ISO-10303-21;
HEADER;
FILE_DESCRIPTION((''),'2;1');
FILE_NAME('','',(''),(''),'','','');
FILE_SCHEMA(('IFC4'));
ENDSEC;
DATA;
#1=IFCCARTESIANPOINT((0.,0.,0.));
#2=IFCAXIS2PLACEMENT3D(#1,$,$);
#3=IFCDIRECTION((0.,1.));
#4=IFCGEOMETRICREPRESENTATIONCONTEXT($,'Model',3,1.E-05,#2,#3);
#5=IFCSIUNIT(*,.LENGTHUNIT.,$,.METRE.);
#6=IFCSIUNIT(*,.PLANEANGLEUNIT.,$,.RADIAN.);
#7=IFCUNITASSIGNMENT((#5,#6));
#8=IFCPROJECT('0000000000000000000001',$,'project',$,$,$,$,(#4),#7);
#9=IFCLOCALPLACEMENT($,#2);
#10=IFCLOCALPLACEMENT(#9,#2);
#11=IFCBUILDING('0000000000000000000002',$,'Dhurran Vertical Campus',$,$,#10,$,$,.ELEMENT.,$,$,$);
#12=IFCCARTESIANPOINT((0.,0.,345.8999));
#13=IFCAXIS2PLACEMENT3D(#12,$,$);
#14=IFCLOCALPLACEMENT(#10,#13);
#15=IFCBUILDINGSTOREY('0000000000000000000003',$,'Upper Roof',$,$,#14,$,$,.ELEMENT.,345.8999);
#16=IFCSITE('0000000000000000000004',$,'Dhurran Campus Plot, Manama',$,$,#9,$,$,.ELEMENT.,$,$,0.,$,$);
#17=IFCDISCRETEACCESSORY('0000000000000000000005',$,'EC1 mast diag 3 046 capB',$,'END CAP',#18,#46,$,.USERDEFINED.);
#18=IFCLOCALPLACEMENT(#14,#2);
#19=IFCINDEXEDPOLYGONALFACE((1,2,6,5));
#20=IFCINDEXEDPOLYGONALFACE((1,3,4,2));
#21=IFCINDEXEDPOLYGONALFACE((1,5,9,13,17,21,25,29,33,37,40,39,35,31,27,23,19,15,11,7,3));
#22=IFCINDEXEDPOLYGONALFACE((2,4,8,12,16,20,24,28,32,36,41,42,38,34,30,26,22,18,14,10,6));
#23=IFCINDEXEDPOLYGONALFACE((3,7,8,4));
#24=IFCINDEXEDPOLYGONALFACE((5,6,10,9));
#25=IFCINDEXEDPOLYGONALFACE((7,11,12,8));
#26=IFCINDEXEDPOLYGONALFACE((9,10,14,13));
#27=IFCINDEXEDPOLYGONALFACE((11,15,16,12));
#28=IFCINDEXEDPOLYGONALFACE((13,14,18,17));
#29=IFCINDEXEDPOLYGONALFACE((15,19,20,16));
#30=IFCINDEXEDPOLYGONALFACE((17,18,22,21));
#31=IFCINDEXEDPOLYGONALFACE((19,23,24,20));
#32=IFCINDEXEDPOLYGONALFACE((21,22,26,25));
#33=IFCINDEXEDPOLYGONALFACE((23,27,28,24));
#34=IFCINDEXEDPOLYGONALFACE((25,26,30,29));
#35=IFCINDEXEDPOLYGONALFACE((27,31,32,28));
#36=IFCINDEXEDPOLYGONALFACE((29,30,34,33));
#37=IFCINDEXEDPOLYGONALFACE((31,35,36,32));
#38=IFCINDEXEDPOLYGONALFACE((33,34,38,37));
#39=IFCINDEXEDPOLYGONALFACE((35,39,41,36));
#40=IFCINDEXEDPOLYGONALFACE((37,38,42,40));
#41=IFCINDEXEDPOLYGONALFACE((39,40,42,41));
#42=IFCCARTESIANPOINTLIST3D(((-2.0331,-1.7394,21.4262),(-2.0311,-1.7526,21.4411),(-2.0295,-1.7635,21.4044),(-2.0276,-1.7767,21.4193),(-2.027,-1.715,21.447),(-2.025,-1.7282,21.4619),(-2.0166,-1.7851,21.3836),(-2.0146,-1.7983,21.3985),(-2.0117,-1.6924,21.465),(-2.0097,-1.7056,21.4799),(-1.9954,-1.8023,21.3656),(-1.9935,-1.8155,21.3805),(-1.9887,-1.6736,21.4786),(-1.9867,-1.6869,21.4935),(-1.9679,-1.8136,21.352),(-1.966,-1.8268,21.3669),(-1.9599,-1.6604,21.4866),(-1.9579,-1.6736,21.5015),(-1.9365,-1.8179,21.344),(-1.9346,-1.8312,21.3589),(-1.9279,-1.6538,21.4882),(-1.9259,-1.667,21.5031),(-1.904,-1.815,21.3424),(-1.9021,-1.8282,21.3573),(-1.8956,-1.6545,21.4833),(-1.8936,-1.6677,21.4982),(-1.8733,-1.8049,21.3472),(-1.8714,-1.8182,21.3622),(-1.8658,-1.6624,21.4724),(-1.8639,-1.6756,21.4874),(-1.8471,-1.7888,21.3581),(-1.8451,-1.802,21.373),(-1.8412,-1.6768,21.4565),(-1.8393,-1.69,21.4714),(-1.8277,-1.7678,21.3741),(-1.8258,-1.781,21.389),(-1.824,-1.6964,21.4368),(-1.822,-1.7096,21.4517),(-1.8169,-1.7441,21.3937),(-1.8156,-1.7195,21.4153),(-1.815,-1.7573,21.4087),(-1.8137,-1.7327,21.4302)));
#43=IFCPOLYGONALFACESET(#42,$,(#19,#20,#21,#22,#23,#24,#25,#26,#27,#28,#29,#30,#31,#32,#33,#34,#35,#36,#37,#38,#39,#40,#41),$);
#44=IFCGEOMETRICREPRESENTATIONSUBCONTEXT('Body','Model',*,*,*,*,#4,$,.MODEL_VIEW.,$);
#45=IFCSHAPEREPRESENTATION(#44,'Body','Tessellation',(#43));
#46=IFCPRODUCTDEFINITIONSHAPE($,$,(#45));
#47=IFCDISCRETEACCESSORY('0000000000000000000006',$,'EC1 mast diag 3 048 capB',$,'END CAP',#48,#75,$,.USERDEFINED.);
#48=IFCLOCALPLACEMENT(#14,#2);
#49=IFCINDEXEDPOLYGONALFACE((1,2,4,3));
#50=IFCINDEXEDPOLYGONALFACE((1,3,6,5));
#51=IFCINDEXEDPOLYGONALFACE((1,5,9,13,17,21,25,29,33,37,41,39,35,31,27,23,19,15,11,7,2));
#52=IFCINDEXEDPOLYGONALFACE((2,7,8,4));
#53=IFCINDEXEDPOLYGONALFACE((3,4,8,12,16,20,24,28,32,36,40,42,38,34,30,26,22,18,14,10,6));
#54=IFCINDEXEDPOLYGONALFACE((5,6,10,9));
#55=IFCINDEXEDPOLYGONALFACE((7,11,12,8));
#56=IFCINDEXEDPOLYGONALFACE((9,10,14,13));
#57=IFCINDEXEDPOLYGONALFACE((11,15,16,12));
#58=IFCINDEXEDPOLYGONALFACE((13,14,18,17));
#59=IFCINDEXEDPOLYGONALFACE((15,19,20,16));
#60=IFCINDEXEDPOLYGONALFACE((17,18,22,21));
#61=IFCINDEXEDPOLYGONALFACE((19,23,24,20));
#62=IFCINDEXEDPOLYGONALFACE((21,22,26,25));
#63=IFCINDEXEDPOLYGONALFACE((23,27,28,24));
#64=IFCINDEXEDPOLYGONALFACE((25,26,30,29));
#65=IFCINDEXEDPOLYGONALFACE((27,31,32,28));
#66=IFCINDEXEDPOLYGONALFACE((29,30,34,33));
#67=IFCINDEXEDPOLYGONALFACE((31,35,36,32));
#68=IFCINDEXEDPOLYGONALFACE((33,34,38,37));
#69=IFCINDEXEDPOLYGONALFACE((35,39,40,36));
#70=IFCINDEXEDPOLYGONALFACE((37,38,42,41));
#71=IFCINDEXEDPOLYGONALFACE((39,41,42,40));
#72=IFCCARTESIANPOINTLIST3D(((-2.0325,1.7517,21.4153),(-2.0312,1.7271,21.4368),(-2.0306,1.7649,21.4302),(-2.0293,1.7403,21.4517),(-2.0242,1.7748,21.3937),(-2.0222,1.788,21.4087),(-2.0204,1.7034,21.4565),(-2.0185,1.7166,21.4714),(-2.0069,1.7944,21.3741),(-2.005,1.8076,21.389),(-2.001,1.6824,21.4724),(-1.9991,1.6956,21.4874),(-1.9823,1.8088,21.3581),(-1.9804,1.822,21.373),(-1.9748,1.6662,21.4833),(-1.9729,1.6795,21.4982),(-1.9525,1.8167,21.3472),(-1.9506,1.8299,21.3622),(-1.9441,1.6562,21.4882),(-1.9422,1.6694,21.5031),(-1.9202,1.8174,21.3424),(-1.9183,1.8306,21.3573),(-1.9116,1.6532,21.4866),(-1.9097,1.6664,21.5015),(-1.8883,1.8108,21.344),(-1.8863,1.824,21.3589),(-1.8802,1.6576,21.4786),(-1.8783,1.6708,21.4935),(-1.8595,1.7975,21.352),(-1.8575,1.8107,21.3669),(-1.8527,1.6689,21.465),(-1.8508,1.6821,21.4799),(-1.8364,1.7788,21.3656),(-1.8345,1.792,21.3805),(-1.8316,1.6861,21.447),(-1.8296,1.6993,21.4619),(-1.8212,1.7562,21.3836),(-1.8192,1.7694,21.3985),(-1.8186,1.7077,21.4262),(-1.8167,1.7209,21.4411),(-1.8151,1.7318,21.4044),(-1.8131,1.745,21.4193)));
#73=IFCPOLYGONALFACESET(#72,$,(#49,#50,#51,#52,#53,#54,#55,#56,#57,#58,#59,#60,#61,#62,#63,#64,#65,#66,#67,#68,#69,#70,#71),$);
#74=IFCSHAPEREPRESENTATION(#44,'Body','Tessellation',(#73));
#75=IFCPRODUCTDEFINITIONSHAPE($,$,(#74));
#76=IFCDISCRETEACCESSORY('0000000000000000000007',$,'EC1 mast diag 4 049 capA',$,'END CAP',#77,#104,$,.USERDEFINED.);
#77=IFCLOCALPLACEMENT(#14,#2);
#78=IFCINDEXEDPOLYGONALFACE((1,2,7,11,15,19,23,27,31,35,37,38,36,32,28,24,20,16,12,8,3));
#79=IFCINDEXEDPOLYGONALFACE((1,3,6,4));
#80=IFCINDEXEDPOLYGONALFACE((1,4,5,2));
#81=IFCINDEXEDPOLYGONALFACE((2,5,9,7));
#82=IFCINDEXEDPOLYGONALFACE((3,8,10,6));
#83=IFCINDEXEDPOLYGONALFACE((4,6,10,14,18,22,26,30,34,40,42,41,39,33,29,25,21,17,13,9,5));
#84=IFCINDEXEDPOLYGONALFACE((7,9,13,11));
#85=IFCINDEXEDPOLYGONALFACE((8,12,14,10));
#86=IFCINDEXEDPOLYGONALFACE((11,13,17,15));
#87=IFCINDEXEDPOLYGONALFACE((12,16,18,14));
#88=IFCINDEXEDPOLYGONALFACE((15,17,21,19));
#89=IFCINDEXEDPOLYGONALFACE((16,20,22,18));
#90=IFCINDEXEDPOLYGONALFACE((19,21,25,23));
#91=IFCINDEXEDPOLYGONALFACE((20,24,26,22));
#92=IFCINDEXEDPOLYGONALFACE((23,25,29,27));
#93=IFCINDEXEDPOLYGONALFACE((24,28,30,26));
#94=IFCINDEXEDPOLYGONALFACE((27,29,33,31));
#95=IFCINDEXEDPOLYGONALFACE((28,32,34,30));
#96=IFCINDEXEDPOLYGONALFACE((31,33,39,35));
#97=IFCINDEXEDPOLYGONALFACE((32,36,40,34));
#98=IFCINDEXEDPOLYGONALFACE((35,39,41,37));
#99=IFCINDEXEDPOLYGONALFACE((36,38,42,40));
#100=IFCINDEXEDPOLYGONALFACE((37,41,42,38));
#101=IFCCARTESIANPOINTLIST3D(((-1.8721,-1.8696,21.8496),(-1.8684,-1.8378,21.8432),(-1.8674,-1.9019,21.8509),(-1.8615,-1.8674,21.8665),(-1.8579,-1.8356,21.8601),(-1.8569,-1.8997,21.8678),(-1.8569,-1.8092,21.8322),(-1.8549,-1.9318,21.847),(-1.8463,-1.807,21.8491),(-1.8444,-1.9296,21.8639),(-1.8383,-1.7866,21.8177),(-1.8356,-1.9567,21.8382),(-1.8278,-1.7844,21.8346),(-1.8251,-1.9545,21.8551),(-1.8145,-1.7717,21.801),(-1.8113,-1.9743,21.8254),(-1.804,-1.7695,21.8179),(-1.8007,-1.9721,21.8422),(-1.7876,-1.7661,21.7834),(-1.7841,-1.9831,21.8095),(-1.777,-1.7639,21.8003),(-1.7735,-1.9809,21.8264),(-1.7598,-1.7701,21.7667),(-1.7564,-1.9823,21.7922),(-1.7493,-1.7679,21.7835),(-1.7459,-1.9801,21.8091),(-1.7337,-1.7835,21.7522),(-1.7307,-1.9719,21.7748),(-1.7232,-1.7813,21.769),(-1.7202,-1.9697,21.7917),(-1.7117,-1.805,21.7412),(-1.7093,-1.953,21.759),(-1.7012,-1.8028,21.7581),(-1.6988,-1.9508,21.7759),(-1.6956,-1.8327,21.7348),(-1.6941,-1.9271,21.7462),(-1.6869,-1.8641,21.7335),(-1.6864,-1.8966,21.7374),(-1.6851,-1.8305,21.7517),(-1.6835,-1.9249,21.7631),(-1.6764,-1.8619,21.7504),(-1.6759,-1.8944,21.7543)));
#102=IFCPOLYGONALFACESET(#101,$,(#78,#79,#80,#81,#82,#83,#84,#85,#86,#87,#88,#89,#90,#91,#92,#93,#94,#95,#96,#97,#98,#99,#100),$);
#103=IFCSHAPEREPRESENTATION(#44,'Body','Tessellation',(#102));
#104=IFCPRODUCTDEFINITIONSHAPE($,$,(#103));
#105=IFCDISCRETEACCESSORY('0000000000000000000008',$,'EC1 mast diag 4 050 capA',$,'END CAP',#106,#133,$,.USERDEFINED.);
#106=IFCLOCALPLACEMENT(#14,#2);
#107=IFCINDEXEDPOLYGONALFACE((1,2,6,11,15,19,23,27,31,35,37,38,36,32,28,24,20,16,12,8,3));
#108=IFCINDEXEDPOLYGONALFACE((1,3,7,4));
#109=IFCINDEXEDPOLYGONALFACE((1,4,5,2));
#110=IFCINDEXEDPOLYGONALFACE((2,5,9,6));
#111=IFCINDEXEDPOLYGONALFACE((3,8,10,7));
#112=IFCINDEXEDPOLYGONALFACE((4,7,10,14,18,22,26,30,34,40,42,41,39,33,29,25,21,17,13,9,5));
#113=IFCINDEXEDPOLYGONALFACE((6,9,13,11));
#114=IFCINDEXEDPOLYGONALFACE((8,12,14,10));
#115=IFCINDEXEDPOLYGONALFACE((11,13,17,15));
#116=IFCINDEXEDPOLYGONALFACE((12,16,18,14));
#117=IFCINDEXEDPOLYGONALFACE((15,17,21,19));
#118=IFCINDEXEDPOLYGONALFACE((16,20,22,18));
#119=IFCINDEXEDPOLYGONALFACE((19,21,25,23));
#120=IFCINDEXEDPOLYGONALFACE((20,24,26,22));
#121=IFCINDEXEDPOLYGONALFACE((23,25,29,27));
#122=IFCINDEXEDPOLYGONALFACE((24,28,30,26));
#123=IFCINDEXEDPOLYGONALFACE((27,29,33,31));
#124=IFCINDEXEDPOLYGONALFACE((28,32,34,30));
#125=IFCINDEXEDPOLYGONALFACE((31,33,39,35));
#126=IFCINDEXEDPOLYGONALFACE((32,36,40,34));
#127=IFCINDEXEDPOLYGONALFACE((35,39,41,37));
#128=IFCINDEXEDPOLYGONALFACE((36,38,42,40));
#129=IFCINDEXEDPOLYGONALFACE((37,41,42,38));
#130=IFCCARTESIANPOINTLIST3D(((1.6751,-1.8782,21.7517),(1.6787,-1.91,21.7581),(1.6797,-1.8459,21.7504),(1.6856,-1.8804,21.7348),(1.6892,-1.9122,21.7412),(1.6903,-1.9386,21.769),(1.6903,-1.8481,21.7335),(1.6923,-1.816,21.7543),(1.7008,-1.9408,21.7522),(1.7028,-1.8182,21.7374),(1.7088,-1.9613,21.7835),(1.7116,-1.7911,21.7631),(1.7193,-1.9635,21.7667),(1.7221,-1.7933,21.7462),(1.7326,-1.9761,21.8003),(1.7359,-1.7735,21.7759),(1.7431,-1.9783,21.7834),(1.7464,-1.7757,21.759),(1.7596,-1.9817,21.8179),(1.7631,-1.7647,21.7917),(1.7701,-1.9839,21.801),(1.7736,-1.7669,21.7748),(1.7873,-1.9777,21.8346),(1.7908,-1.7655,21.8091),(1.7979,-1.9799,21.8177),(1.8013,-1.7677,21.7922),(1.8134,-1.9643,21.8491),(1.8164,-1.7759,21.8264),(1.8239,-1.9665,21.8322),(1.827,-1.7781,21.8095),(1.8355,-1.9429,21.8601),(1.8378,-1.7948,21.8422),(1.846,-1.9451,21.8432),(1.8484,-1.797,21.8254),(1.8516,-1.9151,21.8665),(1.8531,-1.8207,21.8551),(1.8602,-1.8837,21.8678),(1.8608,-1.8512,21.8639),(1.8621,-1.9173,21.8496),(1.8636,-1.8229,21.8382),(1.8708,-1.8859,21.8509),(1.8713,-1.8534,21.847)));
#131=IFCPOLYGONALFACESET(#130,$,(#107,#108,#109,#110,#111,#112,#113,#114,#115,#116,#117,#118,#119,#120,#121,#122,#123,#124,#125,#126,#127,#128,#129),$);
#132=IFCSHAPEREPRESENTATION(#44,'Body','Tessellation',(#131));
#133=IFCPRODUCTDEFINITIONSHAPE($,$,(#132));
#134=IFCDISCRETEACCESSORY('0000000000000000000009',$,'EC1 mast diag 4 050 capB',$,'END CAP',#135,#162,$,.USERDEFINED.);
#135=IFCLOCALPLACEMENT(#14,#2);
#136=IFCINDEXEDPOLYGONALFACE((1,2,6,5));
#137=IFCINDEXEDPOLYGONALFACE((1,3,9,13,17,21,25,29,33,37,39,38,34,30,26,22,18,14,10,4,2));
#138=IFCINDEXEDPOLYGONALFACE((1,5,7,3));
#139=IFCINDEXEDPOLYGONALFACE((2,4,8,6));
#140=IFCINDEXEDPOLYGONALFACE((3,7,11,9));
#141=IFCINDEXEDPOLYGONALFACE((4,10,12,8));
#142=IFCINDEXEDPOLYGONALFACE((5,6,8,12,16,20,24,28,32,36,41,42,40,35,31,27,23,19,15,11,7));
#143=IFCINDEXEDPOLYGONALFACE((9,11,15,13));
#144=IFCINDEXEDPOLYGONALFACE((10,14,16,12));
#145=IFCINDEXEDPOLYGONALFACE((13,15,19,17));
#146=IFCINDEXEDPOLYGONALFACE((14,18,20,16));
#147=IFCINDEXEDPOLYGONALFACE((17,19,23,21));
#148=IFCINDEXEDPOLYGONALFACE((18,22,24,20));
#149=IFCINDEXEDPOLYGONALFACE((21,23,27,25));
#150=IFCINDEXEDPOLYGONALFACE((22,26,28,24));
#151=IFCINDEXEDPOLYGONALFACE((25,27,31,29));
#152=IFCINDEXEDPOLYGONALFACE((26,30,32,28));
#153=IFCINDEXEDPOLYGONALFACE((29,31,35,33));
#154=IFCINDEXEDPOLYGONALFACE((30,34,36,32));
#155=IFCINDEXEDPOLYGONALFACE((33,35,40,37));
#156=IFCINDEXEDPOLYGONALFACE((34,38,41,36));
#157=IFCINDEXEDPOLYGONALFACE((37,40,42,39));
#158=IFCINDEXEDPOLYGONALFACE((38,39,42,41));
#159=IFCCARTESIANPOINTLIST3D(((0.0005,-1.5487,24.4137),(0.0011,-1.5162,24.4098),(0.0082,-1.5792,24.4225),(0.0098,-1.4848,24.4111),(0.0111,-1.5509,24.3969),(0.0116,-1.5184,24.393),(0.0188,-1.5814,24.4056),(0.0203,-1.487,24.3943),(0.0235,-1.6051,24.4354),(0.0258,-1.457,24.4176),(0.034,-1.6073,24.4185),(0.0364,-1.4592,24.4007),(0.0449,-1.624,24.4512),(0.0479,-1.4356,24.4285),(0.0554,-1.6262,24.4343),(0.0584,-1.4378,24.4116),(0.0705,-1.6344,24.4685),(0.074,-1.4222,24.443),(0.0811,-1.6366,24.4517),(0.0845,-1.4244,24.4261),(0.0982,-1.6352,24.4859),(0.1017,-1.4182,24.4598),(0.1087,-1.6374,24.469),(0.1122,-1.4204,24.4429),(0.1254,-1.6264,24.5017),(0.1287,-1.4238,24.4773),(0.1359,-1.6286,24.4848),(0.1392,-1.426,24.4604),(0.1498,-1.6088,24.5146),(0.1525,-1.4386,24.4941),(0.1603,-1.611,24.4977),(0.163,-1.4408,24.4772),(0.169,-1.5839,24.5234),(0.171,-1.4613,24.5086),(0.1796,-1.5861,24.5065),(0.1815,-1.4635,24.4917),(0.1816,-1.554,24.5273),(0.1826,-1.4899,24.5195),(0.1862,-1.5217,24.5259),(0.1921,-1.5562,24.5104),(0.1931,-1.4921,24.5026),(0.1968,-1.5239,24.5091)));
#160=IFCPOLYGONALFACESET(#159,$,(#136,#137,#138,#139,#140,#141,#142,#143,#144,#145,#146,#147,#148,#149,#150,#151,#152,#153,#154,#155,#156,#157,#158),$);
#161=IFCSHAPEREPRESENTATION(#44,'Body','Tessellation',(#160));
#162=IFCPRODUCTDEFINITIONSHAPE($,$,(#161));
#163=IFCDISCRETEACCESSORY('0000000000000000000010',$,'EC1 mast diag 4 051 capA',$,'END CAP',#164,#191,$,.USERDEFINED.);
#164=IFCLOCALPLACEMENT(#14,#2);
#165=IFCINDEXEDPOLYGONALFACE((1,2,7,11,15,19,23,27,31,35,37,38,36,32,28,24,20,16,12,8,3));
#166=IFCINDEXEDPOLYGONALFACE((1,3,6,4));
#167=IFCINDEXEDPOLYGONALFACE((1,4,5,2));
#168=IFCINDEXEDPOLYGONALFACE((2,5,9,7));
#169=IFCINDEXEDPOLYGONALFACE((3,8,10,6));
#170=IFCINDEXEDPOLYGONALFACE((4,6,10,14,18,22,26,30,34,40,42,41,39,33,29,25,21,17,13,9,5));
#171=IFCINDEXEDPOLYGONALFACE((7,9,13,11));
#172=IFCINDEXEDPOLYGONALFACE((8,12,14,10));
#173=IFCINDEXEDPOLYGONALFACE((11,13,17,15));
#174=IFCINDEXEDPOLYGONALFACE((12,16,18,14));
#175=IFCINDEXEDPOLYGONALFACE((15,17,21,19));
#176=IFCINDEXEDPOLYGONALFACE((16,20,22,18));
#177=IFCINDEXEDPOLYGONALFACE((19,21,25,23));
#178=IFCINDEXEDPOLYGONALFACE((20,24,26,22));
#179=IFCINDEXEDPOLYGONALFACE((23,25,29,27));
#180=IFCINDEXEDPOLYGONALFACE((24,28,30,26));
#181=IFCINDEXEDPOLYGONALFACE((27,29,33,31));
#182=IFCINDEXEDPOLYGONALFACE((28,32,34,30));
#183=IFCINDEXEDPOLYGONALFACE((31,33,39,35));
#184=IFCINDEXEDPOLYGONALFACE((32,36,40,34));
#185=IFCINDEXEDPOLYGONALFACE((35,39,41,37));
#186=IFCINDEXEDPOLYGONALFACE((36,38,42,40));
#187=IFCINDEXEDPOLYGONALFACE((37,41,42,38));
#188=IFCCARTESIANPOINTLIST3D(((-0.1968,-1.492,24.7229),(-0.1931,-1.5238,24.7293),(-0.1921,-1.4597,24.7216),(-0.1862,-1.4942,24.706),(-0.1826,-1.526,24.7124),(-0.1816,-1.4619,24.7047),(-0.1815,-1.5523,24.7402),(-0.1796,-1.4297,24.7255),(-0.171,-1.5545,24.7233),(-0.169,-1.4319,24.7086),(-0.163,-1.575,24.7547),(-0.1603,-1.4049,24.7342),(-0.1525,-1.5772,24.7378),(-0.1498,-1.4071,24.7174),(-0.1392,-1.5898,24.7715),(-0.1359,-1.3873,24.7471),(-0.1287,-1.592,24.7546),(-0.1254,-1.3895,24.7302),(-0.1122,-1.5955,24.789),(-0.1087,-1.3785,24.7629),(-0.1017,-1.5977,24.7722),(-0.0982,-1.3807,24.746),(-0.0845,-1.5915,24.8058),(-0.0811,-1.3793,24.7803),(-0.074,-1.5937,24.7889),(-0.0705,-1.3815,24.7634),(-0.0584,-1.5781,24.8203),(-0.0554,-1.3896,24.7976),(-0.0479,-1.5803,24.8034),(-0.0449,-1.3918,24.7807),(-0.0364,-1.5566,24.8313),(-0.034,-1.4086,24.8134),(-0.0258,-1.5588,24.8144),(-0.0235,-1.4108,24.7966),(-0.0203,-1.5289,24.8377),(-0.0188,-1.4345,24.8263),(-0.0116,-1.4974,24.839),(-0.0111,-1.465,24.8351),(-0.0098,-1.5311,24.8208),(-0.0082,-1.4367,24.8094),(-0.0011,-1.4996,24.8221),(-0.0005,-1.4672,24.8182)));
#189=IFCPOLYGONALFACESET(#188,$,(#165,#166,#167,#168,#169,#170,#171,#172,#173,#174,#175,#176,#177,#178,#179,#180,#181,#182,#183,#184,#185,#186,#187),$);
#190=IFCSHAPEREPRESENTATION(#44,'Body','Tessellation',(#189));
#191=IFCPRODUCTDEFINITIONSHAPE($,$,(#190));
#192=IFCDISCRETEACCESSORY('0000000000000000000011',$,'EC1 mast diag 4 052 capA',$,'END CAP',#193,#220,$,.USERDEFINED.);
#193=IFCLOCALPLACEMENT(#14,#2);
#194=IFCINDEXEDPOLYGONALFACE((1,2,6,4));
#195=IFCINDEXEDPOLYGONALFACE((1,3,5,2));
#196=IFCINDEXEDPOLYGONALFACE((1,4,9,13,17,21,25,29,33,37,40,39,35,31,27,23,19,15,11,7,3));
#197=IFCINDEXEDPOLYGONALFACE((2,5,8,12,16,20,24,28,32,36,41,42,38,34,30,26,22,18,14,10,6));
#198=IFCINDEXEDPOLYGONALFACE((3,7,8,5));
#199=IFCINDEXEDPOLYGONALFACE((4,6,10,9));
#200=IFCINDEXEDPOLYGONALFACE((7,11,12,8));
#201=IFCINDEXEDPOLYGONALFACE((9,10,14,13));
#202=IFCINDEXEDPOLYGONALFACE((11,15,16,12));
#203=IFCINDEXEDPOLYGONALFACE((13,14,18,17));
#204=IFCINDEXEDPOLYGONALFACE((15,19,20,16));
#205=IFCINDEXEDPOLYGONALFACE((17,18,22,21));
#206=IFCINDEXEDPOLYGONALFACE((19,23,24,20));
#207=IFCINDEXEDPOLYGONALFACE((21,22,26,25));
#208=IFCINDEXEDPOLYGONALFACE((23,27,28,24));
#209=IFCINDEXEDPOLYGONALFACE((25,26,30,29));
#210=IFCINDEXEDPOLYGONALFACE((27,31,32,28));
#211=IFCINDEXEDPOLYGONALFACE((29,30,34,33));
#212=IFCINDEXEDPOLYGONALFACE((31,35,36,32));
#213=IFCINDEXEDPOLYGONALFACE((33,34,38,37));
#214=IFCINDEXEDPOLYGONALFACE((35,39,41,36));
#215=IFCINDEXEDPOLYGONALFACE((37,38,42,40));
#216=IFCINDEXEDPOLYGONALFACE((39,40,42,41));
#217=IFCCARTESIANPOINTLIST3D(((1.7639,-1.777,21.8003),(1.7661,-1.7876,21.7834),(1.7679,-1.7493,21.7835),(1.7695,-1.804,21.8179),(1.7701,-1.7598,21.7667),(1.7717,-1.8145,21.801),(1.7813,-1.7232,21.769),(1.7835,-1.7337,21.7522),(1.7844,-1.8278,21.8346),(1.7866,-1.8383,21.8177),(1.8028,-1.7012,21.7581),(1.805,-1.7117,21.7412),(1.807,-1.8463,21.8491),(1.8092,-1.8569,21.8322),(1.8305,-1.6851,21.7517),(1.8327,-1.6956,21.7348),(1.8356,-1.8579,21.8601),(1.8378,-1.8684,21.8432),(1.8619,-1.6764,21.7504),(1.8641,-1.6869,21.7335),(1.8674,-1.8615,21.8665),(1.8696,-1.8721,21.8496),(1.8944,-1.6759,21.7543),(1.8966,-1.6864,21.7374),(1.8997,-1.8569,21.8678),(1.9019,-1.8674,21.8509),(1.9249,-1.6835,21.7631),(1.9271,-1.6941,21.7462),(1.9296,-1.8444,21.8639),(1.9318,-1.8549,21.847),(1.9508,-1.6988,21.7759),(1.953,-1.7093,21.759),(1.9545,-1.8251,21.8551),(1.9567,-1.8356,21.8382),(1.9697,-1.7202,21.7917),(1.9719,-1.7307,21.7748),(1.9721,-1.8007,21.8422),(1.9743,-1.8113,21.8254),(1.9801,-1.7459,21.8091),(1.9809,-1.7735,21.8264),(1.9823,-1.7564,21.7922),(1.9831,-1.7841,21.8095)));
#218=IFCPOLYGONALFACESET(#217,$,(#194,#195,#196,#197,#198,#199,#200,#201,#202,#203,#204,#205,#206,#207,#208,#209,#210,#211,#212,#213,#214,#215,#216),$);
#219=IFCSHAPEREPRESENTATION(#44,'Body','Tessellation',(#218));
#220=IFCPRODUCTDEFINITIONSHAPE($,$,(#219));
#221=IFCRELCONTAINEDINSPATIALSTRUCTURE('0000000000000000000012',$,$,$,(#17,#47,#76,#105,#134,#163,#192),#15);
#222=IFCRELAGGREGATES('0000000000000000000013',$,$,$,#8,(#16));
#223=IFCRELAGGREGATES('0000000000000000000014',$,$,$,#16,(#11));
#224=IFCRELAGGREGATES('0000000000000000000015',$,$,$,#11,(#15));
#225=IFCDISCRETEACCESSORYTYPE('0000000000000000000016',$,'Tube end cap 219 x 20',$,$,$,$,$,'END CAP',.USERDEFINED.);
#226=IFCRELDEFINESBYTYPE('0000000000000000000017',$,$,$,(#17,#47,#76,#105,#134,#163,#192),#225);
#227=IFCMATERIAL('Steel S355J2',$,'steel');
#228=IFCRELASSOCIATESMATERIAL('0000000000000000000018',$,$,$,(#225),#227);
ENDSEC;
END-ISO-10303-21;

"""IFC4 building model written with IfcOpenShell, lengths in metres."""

from ifc_helpers import new_model, si_unit, direction, frame, origin, origin_2d, place, context, subcontext, project, spatial, circle, extrude, material, material_profile, profile_set, type_object, element, save


model = new_model("IFC4")

# Units and contexts
model_context = context("Model", 3, precision=1e-05, world=origin(), true_north=direction((0.0, 1.0)))
body_context = subcontext(model_context, "Body", "Model", "MODEL_VIEW")
ifc_project = project(units=[si_unit("LENGTHUNIT", "METRE"), si_unit("PLANEANGLEUNIT", "RADIAN")], contexts=[model_context])

# Site, building, storey
site_placement = place(None, origin())
site = spatial("IfcSite", under=ifc_project, at=site_placement, Name="Dhurran Campus Plot, Manama", CompositionType="ELEMENT", RefElevation=0.0)
building_placement = place(site_placement, origin())
building = spatial("IfcBuilding", under=site, at=building_placement, Name="Dhurran Vertical Campus", CompositionType="ELEMENT")
storey_placement = place(building_placement, frame((0.0, 0.0, 345.8999)))
storey = spatial("IfcBuildingStorey", under=building, at=storey_placement, Name="Upper Roof", CompositionType="ELEMENT", Elevation=345.8999)

# Discrete accessories
ifc_material_1 = material(Name="Steel S355J2", Category="steel")
ifc_material_profile_1 = material_profile(ifc_material_1, circle(Radius=0.1096, at=origin_2d()), Name="Tube end cap 219 x 20")
ifc_profile_set_1 = profile_set([ifc_material_profile_1], Name="Steel S355J2")
discrete_accessory_type = type_object("IfcDiscreteAccessoryType", Name="Tube end cap 219 x 20", ElementType="END CAP", PredefinedType="USERDEFINED", material=ifc_profile_set_1)
for number, where, z_axis, x_axis, name in (
    (1, (-1.9241, -1.7356, 21.4153), (0.097728, -0.659666, 0.745178), (0.989203, 0.146549, 0.0), "EC1 mast diag 3 046 capB"),
    (2, (-1.9241, 1.7356, 21.4153), (0.097728, 0.659666, 0.745178), (-0.989203, 0.146549, 0.0), "EC1 mast diag 3 048 capB"),
    (3, (-1.7683, -1.8728, 21.8091), (-0.525682, -0.110026, -0.843536), (0.204863, -0.978791, 0.0), "EC1 mast diag 4 049 capA"),
    (4, (1.7683, -1.8728, 21.8091), (0.525682, -0.110026, -0.843536), (0.204863, 0.978791, 0.0), "EC1 mast diag 4 050 capA"),
    (5, (0.1035, -1.5293, 24.4517), (-0.525682, 0.110026, 0.843536), (-0.204863, -0.978791, 0.0), "EC1 mast diag 4 050 capB"),
    (6, (-0.1035, -1.4866, 24.7803), (0.525682, -0.110026, -0.843536), (0.204863, 0.978791, 0.0), "EC1 mast diag 4 051 capA"),
    (7, (1.8728, -1.7683, 21.8091), (0.110026, -0.525682, -0.843536), (0.978791, 0.204863, 0.0), "EC1 mast diag 4 052 capA"),
):
    element("IfcDiscreteAccessory", number, at=place(storey_placement, frame(where, z_axis=z_axis, x_axis=x_axis)), inside=storey, type_object=discrete_accessory_type, Name=name, ObjectType="END CAP", PredefinedType="USERDEFINED", context=body_context, shape_type="SweptSolid", body=[
        extrude(circle(Radius=0.1096, at=origin_2d()), origin(), (0.0, 0.0, 1.0), 0.02),
    ])

save(model, "model.ifc")
